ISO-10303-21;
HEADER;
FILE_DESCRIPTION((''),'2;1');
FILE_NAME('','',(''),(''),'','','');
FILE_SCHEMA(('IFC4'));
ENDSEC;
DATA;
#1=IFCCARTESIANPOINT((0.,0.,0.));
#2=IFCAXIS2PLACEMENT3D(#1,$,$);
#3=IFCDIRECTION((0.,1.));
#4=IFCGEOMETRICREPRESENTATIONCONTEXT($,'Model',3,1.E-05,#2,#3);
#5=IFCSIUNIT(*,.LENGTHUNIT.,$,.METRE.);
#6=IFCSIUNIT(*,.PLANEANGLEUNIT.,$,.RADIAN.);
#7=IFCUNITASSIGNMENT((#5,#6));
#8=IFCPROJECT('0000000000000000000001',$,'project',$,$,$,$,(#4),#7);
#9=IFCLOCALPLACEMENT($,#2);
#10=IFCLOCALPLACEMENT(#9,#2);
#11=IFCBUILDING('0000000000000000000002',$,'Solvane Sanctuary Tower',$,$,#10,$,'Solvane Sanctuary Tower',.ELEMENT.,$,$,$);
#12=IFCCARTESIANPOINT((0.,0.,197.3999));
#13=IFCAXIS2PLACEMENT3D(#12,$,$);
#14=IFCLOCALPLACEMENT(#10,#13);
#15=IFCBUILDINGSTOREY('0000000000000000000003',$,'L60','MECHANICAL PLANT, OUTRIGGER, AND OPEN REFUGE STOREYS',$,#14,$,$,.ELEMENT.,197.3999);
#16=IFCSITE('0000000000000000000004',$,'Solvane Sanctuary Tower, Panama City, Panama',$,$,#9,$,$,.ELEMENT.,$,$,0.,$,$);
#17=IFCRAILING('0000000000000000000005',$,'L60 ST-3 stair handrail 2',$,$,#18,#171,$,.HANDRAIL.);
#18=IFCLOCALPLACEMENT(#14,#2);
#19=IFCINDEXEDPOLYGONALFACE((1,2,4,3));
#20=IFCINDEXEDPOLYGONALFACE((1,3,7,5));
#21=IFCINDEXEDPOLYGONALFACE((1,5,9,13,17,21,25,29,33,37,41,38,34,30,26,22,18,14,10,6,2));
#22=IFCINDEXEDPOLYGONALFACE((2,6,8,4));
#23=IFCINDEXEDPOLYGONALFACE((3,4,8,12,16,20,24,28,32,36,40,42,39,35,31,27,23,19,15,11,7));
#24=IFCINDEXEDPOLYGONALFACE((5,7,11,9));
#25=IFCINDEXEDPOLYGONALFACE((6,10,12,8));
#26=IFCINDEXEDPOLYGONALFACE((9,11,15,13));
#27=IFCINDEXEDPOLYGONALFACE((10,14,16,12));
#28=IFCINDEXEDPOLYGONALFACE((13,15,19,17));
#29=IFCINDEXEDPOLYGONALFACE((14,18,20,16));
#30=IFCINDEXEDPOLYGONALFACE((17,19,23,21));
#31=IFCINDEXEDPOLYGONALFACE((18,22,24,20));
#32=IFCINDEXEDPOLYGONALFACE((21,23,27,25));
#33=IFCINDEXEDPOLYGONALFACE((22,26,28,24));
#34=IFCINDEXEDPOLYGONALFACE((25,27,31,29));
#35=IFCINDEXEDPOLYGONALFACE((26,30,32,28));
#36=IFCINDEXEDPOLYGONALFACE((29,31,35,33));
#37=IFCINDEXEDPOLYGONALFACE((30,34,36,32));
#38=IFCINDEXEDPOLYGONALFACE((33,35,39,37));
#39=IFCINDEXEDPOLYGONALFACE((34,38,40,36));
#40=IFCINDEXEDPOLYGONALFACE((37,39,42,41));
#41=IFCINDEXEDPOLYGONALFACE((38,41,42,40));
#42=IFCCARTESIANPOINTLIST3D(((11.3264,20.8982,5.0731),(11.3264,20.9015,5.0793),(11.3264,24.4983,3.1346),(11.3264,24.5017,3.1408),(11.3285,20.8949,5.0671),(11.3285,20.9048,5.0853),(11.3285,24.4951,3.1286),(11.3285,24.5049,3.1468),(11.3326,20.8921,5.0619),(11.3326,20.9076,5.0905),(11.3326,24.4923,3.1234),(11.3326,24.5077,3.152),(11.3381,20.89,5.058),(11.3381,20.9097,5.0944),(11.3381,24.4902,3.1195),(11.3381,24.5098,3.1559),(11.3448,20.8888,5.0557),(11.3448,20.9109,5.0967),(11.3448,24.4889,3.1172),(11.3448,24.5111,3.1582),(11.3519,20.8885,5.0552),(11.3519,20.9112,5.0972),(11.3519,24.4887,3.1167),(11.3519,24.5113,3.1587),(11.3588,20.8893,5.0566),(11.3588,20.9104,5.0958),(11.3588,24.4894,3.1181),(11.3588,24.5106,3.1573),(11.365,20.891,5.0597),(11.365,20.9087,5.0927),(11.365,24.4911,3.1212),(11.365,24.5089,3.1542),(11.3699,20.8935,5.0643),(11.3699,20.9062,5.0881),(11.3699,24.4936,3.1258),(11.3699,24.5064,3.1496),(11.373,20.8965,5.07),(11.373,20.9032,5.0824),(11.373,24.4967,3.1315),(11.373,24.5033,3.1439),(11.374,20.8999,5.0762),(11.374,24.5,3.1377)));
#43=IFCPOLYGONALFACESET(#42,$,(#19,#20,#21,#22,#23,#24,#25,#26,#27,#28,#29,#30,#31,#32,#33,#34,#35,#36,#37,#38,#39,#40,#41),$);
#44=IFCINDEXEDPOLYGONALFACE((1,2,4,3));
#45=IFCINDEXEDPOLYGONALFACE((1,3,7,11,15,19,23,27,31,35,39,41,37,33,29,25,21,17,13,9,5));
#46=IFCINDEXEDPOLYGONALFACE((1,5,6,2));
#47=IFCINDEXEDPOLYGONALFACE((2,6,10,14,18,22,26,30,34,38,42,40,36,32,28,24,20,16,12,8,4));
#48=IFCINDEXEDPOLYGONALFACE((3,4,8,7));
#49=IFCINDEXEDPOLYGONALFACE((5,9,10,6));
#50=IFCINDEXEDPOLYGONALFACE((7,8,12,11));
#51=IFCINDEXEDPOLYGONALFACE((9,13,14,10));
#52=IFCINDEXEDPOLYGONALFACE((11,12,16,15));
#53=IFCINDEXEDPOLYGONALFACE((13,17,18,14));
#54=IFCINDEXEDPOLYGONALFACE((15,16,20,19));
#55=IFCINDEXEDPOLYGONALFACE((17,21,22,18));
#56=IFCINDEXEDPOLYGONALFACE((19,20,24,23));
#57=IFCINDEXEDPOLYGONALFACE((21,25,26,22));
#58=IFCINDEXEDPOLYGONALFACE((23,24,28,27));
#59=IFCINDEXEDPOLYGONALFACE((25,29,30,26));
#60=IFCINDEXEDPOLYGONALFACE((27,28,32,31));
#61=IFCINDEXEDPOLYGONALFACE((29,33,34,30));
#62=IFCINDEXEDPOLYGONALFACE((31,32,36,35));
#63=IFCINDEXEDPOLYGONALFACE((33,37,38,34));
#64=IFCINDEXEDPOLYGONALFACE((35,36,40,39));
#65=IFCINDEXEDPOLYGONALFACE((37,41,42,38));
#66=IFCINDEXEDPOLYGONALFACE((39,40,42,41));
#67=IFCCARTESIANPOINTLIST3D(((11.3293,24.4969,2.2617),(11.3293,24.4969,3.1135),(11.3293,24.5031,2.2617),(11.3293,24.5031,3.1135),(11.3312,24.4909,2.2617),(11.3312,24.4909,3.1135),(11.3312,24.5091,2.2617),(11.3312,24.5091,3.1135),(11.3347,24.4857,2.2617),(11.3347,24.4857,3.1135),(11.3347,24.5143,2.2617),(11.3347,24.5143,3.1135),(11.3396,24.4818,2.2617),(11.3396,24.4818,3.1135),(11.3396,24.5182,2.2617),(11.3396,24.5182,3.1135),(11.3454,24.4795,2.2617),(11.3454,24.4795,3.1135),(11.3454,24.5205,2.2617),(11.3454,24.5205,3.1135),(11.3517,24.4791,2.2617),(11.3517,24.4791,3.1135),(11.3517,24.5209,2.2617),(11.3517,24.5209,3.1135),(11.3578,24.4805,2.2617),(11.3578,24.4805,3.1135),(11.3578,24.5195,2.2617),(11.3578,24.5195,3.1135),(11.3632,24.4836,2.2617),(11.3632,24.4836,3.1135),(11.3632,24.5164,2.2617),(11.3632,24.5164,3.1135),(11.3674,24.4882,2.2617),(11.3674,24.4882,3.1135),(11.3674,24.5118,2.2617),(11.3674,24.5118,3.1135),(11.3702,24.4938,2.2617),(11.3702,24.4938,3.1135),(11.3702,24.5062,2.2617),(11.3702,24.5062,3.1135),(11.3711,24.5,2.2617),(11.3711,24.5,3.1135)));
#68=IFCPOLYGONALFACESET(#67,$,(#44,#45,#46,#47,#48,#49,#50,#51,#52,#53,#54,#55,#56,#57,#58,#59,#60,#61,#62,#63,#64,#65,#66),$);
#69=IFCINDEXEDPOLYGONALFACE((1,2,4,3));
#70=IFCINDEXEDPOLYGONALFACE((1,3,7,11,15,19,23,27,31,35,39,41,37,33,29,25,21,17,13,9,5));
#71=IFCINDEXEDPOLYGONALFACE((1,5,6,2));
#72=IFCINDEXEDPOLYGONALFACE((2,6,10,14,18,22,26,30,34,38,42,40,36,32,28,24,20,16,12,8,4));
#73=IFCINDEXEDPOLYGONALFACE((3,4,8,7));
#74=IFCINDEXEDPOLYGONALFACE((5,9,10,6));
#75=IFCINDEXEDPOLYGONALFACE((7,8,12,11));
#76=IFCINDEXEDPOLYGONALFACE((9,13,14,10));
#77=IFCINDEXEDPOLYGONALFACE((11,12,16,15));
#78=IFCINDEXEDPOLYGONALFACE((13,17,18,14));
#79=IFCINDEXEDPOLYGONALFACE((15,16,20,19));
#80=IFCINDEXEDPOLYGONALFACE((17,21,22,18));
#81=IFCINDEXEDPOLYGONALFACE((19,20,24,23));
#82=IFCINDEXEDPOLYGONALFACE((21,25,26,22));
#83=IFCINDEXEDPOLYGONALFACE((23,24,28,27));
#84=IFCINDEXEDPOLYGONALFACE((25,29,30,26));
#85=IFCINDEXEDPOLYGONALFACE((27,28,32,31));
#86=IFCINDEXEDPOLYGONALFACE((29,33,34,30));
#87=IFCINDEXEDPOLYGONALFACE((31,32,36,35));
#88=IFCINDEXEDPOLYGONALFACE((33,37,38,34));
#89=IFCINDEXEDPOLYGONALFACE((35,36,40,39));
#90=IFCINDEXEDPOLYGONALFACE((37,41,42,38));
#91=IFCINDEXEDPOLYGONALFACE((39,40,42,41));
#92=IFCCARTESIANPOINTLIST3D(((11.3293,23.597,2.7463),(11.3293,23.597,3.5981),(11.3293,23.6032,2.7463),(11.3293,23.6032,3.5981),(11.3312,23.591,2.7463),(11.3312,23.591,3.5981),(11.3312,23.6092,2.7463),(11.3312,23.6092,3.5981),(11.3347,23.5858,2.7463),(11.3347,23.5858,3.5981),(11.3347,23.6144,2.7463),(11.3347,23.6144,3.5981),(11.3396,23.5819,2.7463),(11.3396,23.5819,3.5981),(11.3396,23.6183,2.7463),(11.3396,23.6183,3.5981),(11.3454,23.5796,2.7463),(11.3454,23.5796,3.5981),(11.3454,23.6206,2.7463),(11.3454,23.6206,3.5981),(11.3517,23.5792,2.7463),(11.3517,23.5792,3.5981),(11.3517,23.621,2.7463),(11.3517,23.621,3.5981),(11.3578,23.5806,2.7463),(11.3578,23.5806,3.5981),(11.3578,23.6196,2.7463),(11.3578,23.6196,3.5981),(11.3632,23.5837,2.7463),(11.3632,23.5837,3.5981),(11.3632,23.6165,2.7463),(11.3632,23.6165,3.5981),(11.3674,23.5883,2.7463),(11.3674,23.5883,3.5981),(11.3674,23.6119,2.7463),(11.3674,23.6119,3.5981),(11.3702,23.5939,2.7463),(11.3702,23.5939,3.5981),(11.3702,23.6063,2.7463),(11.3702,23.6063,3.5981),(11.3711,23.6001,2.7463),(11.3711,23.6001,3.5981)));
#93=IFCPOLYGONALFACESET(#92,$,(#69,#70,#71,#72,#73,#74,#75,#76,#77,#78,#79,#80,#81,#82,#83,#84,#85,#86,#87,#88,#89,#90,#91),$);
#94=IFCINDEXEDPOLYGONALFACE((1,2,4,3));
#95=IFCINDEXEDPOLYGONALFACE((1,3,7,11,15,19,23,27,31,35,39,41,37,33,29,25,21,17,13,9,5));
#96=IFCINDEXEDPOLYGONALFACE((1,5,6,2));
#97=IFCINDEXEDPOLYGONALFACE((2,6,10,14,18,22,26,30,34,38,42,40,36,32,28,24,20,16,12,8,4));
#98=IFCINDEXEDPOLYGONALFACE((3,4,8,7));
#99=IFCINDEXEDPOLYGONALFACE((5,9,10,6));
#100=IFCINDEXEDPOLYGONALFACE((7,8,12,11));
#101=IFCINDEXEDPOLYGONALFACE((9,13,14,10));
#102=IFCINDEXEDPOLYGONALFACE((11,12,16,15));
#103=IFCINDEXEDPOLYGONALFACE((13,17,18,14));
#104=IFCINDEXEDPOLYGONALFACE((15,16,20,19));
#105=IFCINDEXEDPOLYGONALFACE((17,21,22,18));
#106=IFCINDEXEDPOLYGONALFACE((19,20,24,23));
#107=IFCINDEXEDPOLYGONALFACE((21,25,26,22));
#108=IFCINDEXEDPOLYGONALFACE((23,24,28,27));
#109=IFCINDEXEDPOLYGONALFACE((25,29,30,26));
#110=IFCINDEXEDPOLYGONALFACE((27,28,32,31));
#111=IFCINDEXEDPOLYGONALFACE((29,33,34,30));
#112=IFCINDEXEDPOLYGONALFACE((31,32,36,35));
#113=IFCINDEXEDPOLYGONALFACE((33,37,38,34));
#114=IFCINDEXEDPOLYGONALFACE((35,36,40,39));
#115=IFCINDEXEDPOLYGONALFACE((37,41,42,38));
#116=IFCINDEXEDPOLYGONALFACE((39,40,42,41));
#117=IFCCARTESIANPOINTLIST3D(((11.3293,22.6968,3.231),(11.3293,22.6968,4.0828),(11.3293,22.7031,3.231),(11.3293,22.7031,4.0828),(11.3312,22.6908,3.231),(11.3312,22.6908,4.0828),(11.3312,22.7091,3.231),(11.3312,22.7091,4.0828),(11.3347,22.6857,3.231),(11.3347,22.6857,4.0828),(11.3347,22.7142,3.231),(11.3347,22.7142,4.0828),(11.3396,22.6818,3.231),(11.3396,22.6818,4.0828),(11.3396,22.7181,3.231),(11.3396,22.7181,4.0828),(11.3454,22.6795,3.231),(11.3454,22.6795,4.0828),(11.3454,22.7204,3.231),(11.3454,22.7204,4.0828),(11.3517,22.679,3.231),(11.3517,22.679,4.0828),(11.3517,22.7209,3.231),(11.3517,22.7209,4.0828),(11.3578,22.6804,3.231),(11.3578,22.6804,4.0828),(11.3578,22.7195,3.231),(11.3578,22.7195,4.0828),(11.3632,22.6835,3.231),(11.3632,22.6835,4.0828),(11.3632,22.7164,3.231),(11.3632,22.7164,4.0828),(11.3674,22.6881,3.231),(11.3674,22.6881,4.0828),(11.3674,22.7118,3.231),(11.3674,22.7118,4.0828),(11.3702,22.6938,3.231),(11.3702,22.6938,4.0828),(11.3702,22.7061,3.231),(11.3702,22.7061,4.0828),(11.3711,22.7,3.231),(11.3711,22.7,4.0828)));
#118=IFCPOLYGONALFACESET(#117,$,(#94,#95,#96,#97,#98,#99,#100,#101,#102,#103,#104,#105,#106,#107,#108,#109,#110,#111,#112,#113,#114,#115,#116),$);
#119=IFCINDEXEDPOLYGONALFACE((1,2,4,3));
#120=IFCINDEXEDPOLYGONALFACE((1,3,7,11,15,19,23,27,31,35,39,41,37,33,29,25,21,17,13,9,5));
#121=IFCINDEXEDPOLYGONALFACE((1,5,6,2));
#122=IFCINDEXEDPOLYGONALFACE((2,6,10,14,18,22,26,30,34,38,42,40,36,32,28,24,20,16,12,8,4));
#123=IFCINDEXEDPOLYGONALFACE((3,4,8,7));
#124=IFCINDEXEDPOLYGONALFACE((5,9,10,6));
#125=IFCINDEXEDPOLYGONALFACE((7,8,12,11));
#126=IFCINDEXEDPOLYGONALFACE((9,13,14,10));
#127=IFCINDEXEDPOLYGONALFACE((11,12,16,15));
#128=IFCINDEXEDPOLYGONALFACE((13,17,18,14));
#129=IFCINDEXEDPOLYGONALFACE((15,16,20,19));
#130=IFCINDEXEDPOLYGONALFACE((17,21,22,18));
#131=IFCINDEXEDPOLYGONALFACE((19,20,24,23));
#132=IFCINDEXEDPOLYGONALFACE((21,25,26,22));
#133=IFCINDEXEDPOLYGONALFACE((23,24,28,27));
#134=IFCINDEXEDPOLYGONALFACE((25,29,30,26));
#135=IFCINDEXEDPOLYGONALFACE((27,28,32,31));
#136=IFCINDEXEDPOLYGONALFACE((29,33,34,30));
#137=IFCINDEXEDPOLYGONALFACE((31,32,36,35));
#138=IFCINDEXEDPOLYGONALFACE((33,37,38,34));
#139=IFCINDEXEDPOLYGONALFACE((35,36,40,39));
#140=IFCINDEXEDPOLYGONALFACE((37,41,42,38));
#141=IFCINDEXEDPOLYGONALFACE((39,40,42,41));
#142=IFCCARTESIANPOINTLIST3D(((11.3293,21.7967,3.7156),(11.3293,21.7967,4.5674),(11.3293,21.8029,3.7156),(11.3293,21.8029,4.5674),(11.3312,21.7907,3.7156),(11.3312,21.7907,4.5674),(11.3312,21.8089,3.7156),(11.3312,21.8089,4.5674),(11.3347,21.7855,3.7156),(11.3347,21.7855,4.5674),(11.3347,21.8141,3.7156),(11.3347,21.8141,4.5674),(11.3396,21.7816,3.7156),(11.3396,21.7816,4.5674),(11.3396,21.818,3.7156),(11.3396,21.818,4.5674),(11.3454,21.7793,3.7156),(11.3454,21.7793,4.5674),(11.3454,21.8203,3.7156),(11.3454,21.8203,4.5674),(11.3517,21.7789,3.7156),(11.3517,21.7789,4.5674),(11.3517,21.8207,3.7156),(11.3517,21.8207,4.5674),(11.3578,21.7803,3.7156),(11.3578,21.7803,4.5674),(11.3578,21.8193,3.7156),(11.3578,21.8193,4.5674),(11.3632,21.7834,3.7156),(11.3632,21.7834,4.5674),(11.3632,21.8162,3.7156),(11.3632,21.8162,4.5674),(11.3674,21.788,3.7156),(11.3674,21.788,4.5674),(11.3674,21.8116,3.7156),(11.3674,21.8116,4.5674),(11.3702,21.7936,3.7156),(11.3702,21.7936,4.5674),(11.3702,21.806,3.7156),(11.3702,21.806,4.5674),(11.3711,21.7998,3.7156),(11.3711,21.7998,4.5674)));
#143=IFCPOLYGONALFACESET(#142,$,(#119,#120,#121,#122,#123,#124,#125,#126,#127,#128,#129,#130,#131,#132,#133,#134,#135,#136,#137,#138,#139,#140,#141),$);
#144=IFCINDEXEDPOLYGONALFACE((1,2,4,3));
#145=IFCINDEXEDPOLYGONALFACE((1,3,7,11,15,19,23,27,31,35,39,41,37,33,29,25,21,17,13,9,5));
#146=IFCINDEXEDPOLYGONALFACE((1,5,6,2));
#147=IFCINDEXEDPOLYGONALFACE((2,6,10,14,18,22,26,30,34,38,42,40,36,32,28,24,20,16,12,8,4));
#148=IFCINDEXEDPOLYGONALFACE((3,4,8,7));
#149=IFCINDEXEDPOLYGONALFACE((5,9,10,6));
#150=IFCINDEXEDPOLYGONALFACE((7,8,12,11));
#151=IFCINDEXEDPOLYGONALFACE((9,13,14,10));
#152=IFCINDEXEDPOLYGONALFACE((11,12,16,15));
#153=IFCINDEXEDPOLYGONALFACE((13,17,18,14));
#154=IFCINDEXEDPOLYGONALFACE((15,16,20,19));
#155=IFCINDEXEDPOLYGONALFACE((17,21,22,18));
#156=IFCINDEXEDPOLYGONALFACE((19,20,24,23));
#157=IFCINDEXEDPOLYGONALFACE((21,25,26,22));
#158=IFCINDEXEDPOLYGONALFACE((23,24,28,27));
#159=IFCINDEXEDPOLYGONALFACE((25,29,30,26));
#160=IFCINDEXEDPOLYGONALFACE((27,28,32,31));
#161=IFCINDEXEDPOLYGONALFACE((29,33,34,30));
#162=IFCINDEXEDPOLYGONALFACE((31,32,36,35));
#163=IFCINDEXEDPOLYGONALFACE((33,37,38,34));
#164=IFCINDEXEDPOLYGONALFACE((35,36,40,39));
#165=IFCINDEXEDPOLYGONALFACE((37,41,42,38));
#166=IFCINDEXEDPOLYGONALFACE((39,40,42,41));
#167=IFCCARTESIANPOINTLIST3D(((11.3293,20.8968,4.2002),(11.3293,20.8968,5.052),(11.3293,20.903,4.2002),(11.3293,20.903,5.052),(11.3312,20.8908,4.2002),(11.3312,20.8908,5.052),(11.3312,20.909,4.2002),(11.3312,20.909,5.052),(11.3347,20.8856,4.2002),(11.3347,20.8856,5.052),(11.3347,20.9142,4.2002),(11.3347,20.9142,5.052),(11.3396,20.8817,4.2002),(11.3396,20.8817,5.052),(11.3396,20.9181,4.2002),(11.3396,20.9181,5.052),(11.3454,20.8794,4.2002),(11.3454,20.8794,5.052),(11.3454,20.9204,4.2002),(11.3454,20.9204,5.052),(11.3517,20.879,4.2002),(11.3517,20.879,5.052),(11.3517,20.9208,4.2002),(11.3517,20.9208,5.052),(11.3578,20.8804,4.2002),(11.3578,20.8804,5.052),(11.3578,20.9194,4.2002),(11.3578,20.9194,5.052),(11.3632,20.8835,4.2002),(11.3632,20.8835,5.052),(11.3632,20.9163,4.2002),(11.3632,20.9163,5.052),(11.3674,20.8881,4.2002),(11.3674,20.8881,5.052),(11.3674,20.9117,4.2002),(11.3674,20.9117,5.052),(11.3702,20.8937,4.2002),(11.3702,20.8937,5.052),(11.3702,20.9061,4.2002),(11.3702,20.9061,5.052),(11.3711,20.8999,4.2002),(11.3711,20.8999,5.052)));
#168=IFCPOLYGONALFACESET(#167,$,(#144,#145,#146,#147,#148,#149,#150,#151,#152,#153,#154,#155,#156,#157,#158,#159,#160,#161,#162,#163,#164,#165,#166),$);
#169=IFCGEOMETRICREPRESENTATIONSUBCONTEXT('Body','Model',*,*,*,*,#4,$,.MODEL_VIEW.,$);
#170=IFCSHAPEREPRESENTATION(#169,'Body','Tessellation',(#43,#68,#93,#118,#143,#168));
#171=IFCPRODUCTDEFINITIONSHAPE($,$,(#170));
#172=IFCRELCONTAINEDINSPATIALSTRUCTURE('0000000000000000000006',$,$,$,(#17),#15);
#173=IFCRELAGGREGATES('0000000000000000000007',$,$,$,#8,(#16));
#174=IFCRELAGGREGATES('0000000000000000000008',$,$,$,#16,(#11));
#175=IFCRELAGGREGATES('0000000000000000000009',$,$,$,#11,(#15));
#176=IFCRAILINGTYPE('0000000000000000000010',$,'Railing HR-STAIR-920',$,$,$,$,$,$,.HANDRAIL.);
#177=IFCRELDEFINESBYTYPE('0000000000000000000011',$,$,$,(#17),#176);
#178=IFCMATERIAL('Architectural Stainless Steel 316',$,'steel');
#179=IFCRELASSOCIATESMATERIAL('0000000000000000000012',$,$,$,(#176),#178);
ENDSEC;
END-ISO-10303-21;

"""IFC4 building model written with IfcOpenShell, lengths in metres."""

from ifc_helpers import new_model, si_unit, direction, frame, origin, origin_2d, place, context, subcontext, project, spatial, circle, extrude, material, type_object, element, save


model = new_model("IFC4")

# Units and contexts
model_context = context("Model", 3, precision=1e-05, world=origin(), true_north=direction((0.0, 1.0)))
body_context = subcontext(model_context, "Body", "Model", "MODEL_VIEW")
ifc_project = project(units=[si_unit("LENGTHUNIT", "METRE"), si_unit("PLANEANGLEUNIT", "RADIAN")], contexts=[model_context])

# Site, building, storey
site_placement = place(None, origin())
site = spatial("IfcSite", under=ifc_project, at=site_placement, Name="Solvane Sanctuary Tower, Panama City, Panama", CompositionType="ELEMENT", RefElevation=0.0)
building_placement = place(site_placement, origin())
building = spatial("IfcBuilding", under=site, at=building_placement, Name="Solvane Sanctuary Tower", LongName="Solvane Sanctuary Tower", CompositionType="ELEMENT")
storey_placement = place(building_placement, frame((0.0, 0.0, 197.3999)))
storey = spatial("IfcBuildingStorey", under=building, at=storey_placement, Name="L60", Description="MECHANICAL PLANT, OUTRIGGER, AND OPEN REFUGE STOREYS", CompositionType="ELEMENT", Elevation=197.3999)

# Shared definitions
ifc_material_1 = material(Name="Architectural Stainless Steel 316", Category="steel")

# Railing
railing_type_1 = type_object("IfcRailingType", Name="Railing HR-STAIR-920", PredefinedType="HANDRAIL", material=ifc_material_1)
for number, where, name in (
    (1, (11.3501, 24.5, 2.2617), "L60 ST-3 stair handrail 2"),
):
    element("IfcRailing", number, at=place(storey_placement, frame(where)), inside=storey, type_object=railing_type_1, Name=name, PredefinedType="HANDRAIL", context=body_context, shape_type="SweptSolid", body=[
        extrude(circle(Radius=0.0239, at=origin_2d()), frame((0.0, 0.0, 0.876), z_axis=(0.0, -0.880475, 0.474093), x_axis=(1.0, 0.0, 0.0)), (0.0, 0.0, 1.0), 4.0889),
        extrude(circle(Radius=0.021, at=origin_2d()), origin(), (0.0, 0.0, 1.0), 0.8518),
        extrude(circle(Radius=0.021, at=origin_2d()), frame((0.0, -0.8999, 0.4846)), (0.0, 0.0, 1.0), 0.8518),
        extrude(circle(Radius=0.021, at=origin_2d()), frame((0.0, -1.8, 0.9692)), (0.0, 0.0, 1.0), 0.8518),
        extrude(circle(Radius=0.021, at=origin_2d()), frame((0.0, -2.7002, 1.4539)), (0.0, 0.0, 1.0), 0.8518),
        extrude(circle(Radius=0.021, at=origin_2d()), frame((0.0, -3.6001, 1.9385)), (0.0, 0.0, 1.0), 0.8518),
    ])

save(model, "model.ifc")
